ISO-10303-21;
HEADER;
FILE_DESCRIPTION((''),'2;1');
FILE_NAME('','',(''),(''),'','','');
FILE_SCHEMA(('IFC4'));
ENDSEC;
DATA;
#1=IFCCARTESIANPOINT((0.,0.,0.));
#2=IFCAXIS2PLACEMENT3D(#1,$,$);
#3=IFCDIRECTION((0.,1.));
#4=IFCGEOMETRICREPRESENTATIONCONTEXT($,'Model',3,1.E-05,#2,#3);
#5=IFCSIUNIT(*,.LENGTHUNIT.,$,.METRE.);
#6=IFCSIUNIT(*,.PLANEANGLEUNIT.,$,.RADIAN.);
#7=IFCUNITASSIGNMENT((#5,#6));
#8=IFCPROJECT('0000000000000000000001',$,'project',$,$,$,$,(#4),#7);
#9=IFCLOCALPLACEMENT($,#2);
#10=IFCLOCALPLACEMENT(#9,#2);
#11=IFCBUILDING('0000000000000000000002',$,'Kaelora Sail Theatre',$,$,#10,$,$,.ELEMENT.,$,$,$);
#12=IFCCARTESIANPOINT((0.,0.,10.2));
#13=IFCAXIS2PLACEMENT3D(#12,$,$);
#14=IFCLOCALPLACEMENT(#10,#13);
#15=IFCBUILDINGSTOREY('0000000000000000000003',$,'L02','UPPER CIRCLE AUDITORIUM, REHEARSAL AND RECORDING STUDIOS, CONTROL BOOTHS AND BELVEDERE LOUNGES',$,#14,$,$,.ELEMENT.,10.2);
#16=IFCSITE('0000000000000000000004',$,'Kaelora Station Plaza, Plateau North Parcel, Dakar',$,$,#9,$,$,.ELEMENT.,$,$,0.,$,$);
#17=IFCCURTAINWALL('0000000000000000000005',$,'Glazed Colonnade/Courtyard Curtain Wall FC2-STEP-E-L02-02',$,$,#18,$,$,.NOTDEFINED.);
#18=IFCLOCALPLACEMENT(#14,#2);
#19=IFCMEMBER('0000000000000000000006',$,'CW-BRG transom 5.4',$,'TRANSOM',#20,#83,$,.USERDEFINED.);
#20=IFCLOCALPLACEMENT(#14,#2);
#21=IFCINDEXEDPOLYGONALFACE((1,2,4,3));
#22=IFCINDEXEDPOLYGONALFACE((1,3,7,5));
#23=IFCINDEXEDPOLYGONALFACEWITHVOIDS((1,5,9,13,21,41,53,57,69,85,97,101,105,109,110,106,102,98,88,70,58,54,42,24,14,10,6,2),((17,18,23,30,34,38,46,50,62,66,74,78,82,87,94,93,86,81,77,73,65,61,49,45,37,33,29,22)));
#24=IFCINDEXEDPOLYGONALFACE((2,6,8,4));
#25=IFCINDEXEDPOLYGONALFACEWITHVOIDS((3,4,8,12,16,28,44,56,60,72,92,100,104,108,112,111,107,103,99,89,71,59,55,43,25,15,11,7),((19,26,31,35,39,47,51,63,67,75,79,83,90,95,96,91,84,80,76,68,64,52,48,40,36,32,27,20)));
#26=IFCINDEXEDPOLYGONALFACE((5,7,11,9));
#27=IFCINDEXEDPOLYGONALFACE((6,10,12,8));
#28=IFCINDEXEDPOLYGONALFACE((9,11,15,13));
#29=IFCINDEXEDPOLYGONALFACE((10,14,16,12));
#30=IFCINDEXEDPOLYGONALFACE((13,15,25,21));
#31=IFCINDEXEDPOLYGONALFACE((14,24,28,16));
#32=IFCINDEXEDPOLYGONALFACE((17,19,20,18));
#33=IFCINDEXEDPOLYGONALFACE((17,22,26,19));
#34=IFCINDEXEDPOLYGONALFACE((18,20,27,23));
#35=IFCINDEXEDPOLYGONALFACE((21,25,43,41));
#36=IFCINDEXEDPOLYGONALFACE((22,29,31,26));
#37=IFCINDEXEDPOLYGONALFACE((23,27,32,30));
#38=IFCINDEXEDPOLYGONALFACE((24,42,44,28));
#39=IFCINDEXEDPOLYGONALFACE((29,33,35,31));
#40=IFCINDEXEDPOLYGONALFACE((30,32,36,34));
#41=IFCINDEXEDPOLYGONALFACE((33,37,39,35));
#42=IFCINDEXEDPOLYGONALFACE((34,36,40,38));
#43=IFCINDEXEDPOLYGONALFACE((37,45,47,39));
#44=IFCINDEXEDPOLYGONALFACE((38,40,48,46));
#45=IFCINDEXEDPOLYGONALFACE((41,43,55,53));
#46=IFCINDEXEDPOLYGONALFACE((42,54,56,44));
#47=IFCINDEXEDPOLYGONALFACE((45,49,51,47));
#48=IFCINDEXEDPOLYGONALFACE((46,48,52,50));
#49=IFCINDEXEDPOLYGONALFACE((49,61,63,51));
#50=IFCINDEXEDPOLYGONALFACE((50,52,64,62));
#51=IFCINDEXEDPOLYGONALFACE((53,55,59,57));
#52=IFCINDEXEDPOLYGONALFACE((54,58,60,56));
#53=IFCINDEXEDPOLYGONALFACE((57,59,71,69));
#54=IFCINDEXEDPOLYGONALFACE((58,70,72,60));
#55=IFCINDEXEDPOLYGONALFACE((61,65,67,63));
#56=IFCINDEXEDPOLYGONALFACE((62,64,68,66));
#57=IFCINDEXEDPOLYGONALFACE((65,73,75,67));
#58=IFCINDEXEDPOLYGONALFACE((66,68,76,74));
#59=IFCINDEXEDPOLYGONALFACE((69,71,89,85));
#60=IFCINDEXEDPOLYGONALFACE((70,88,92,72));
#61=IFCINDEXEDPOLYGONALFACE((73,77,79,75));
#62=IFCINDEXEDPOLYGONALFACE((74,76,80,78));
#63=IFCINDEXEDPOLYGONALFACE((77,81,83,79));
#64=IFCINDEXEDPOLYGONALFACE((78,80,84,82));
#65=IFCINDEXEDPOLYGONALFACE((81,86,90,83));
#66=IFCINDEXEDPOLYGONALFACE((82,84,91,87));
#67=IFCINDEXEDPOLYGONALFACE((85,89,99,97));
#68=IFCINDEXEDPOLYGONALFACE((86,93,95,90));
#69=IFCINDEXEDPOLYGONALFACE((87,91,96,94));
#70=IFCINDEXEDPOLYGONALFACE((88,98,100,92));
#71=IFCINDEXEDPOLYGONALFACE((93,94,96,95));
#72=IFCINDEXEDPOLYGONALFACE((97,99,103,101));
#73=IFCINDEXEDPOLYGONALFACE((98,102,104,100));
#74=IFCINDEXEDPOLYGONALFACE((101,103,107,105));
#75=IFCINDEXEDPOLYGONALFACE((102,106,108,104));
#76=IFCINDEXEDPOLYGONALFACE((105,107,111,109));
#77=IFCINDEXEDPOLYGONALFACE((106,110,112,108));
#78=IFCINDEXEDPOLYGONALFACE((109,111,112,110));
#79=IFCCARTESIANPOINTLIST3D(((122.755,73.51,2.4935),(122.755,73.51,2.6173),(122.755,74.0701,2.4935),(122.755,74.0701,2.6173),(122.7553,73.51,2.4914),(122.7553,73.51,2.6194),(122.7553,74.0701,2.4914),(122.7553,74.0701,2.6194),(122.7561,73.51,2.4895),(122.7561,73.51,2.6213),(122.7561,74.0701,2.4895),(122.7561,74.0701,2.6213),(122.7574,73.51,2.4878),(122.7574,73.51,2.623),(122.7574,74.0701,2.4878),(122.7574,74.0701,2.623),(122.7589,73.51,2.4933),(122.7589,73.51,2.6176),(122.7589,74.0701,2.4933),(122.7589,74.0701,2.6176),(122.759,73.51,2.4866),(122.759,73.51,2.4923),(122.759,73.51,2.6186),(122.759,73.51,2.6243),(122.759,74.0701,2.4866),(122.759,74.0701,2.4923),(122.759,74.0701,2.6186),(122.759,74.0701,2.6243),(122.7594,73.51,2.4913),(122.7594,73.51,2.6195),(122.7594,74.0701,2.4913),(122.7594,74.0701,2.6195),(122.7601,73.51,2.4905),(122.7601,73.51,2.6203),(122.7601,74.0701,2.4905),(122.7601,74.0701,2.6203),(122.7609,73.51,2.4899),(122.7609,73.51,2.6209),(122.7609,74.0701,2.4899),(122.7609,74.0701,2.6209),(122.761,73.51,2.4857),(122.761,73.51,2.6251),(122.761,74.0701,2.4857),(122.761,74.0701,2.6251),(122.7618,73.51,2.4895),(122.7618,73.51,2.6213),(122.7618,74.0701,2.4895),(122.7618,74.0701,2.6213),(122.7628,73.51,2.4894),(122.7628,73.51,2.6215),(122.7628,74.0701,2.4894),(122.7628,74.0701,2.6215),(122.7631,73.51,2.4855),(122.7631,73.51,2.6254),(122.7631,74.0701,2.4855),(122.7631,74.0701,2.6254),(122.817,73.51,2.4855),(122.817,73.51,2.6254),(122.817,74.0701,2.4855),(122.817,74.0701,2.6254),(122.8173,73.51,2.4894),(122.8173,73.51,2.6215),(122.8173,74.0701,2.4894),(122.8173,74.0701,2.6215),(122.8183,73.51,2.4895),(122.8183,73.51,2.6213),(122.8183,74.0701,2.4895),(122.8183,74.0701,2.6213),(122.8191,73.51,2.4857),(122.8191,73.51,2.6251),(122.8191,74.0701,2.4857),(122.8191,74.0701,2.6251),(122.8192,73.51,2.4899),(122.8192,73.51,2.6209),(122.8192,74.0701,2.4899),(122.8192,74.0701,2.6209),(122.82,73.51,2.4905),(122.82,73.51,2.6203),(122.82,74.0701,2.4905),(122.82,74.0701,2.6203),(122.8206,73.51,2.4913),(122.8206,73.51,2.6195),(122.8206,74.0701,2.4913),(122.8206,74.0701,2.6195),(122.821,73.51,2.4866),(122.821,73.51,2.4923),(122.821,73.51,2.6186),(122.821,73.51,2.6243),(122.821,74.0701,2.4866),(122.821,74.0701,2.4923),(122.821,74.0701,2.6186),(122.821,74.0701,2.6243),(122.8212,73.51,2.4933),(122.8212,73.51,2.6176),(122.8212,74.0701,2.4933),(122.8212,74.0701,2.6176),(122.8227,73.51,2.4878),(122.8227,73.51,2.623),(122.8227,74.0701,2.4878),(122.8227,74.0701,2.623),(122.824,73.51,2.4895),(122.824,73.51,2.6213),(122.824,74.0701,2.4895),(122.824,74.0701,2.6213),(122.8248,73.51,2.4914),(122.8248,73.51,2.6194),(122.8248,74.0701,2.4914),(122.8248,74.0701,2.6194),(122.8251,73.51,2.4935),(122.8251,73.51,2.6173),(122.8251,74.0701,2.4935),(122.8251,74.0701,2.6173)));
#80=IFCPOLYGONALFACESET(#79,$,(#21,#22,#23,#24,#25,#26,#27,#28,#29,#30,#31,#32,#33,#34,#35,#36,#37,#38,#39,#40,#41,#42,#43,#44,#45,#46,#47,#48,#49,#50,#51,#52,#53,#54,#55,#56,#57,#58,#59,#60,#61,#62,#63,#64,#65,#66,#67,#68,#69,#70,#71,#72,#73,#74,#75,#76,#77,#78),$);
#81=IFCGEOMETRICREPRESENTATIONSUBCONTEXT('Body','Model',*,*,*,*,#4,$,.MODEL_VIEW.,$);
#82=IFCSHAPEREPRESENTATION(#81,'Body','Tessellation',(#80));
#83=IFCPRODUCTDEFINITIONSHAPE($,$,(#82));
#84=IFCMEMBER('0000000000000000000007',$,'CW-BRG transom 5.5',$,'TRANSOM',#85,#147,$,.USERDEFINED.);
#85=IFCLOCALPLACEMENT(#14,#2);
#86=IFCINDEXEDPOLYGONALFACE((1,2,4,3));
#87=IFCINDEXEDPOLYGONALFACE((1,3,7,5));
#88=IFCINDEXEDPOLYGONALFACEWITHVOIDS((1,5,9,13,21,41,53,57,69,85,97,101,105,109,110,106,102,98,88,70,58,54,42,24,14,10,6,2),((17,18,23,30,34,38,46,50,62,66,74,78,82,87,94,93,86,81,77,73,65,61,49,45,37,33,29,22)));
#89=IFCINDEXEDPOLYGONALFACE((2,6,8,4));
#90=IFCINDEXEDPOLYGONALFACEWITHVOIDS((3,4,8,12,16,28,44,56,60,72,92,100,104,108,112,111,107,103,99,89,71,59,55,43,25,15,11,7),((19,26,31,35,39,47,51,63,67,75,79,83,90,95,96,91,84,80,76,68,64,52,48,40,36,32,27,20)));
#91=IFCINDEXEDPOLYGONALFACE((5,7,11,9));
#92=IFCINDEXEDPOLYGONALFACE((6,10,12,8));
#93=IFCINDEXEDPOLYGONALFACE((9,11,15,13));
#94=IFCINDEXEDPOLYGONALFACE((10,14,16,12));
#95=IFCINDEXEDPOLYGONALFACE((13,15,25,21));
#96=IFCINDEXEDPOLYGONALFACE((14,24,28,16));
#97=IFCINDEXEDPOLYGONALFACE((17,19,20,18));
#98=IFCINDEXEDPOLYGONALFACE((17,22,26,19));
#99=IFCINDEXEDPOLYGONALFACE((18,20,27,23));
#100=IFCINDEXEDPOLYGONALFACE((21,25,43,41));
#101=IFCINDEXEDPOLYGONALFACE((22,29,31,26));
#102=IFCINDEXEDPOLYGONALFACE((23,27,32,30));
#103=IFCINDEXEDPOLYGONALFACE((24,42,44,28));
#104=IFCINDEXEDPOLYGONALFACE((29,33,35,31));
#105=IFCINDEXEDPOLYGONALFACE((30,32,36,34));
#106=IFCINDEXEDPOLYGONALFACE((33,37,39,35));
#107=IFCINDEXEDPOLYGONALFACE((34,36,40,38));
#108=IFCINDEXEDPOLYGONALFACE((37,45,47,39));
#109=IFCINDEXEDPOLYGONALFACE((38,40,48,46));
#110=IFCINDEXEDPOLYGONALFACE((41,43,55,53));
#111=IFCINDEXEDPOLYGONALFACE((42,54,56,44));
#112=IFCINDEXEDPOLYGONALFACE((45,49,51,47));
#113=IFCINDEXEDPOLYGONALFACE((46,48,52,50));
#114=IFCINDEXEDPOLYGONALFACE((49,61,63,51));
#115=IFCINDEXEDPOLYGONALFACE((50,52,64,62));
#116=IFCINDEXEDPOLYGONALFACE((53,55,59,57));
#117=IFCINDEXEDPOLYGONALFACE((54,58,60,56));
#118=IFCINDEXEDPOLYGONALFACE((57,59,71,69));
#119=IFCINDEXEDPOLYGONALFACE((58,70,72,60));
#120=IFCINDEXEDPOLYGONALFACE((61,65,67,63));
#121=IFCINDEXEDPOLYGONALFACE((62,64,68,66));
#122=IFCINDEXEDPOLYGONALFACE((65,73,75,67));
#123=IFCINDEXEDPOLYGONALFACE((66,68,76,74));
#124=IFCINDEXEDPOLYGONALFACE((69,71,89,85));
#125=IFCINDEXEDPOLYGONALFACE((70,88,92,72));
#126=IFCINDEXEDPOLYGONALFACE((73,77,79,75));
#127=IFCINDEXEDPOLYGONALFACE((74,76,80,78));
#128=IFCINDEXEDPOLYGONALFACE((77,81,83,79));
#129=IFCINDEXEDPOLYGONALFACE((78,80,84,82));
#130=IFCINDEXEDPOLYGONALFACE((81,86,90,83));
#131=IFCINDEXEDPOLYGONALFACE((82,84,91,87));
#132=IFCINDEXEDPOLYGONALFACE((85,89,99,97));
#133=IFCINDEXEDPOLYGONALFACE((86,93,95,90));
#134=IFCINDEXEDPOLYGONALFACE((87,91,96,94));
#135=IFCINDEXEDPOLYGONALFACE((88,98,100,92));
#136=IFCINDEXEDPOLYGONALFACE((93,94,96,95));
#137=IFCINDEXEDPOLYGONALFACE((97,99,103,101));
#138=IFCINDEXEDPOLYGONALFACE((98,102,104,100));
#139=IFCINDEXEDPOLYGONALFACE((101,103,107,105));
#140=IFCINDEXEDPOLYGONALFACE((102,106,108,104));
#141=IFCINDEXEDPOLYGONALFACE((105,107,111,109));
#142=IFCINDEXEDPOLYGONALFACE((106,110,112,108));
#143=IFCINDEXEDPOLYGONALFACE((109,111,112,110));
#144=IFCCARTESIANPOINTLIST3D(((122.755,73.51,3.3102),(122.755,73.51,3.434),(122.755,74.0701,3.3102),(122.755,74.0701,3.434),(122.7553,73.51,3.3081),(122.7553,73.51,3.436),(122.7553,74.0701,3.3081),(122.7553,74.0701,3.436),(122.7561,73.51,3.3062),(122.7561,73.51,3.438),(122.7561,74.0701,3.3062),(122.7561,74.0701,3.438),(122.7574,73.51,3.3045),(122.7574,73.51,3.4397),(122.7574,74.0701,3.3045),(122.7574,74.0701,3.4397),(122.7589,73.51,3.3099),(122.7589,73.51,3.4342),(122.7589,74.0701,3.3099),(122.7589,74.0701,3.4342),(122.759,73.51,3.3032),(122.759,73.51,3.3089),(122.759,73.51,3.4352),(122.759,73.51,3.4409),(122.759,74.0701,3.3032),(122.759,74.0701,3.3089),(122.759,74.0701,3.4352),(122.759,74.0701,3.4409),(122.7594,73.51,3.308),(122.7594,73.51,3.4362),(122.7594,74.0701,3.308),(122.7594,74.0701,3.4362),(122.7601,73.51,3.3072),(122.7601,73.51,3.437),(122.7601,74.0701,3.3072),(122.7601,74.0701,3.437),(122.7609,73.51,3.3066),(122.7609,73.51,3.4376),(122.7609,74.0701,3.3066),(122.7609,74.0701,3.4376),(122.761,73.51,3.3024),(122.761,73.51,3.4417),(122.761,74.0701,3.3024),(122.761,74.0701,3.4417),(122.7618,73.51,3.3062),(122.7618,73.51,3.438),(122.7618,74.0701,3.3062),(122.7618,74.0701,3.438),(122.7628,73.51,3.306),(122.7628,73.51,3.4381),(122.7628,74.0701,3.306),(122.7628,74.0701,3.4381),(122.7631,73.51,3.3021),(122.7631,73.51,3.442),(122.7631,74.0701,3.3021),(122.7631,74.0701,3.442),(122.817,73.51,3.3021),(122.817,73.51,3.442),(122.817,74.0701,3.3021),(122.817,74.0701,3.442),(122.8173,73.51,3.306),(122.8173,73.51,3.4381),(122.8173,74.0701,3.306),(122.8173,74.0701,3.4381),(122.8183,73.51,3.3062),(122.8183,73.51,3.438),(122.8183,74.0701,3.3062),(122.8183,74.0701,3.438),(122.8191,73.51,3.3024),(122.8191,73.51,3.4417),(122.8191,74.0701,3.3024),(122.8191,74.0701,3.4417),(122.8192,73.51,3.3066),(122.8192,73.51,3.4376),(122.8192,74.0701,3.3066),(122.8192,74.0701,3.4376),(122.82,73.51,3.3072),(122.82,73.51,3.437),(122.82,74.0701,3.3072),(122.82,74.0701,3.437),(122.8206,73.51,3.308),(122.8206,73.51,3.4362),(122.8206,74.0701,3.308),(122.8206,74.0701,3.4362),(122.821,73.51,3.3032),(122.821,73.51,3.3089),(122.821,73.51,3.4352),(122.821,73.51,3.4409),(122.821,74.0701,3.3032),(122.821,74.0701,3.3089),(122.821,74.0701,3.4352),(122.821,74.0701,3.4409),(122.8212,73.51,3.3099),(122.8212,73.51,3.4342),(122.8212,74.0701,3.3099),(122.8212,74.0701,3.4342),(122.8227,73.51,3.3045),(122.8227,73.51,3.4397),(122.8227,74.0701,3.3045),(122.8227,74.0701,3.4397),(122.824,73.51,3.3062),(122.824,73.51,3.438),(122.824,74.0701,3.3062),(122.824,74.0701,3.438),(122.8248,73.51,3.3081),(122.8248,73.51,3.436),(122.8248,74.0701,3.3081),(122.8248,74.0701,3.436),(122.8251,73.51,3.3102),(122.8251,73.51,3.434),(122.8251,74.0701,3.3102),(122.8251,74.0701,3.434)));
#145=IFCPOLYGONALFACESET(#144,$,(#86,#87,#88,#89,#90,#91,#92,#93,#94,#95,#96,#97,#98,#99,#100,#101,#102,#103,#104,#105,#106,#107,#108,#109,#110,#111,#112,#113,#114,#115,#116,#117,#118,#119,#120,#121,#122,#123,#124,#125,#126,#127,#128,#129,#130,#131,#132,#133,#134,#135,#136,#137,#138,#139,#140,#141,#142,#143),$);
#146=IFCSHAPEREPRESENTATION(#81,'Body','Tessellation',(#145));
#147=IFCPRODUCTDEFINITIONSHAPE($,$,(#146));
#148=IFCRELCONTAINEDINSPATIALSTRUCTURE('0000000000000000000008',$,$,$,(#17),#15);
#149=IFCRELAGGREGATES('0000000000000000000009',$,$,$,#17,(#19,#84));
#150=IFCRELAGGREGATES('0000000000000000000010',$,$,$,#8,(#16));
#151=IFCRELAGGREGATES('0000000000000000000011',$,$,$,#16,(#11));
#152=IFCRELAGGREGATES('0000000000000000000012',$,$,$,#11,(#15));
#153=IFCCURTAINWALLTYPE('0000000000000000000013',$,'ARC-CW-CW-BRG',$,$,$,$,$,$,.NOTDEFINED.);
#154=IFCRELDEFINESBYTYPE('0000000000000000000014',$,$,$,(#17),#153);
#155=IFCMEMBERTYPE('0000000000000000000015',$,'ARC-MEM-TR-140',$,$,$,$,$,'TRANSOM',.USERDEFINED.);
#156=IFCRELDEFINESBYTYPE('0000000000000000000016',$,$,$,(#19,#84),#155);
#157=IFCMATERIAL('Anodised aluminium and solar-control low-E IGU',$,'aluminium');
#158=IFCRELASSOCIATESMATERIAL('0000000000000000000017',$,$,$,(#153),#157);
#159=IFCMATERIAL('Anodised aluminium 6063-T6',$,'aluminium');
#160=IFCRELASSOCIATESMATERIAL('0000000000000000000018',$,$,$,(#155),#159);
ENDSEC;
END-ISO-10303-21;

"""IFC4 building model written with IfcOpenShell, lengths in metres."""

from ifc_helpers import new_model, si_unit, direction, frame, origin, origin_2d, place, context, subcontext, project, spatial, hollow_rectangle, extrude, material, material_profile, profile_set, type_object, element, aggregate, save


model = new_model("IFC4")

# Units and contexts
model_context = context("Model", 3, precision=1e-05, world=origin(), true_north=direction((0.0, 1.0)))
body_context = subcontext(model_context, "Body", "Model", "MODEL_VIEW")
ifc_project = project(units=[si_unit("LENGTHUNIT", "METRE"), si_unit("PLANEANGLEUNIT", "RADIAN")], contexts=[model_context])

# Site, building, storey
site_placement = place(None, origin())
site = spatial("IfcSite", under=ifc_project, at=site_placement, Name="Kaelora Station Plaza, Plateau North Parcel, Dakar", CompositionType="ELEMENT", RefElevation=0.0)
building_placement = place(site_placement, origin())
building = spatial("IfcBuilding", under=site, at=building_placement, Name="Kaelora Sail Theatre", CompositionType="ELEMENT")
storey_placement = place(building_placement, frame((0.0, 0.0, 10.2)))
storey = spatial("IfcBuildingStorey", under=building, at=storey_placement, Name="L02", Description="UPPER CIRCLE AUDITORIUM, REHEARSAL AND RECORDING STUDIOS, CONTROL BOOTHS AND BELVEDERE LOUNGES", CompositionType="ELEMENT", Elevation=10.2)

# Curtain wall
ifc_material_1 = material(Name="Anodised aluminium and solar-control low-E IGU", Category="aluminium")
curtain_wall_type = type_object("IfcCurtainWallType", Name="ARC-CW-CW-BRG", PredefinedType="NOTDEFINED", material=ifc_material_1)
curtain_wall_1_placement = place(storey_placement, origin())
curtain_wall_1 = element("IfcCurtainWall", 1, at=curtain_wall_1_placement, inside=storey, type_object=curtain_wall_type, Name="Glazed Colonnade/Courtyard Curtain Wall FC2-STEP-E-L02-02", PredefinedType="NOTDEFINED")

# Members
ifc_material_2 = material(Name="Anodised aluminium 6063-T6", Category="aluminium")
ifc_material_profile_1 = material_profile(ifc_material_2, hollow_rectangle(XDim=0.0701, YDim=0.1399, WallThickness=0.0039, InnerFilletRadius=0.0039, OuterFilletRadius=0.0081, at=origin_2d()), Name="ALU-TRAN 70x140x4")
ifc_profile_set_1 = profile_set([ifc_material_profile_1], Name="Anodised aluminium 6063-T6")
member_type_1 = type_object("IfcMemberType", Name="ARC-MEM-TR-140", ElementType="TRANSOM", PredefinedType="USERDEFINED", material=ifc_profile_set_1)
member_1_placement = place(storey_placement, frame((122.79, 73.51, 2.5554), z_axis=(0.0, 1.0, 0.0), x_axis=(-1.0, 0.0, 0.0)))
member_1 = element("IfcMember", 2, at=member_1_placement, type_object=member_type_1, Name="CW-BRG transom 5.4", ObjectType="TRANSOM", PredefinedType="USERDEFINED", context=body_context, shape_type="SweptSolid", body=[
    extrude(hollow_rectangle(XDim=0.0701, YDim=0.1399, WallThickness=0.0039, InnerFilletRadius=0.0039, OuterFilletRadius=0.0081, at=origin_2d()), origin(), (0.0, 0.0, 1.0), 0.5601),
])
member_2_placement = place(storey_placement, frame((122.79, 73.51, 3.3721), z_axis=(0.0, 1.0, 0.0), x_axis=(-1.0, 0.0, 0.0)))
member_2 = element("IfcMember", 3, at=member_2_placement, type_object=member_type_1, Name="CW-BRG transom 5.5", ObjectType="TRANSOM", PredefinedType="USERDEFINED", context=body_context, shape_type="SweptSolid", body=[
    extrude(hollow_rectangle(XDim=0.0701, YDim=0.1399, WallThickness=0.0039, InnerFilletRadius=0.0039, OuterFilletRadius=0.0081, at=origin_2d()), origin(), (0.0, 0.0, 1.0), 0.5601),
])

aggregate(curtain_wall_1, [member_1, member_2])

save(model, "model.ifc")
